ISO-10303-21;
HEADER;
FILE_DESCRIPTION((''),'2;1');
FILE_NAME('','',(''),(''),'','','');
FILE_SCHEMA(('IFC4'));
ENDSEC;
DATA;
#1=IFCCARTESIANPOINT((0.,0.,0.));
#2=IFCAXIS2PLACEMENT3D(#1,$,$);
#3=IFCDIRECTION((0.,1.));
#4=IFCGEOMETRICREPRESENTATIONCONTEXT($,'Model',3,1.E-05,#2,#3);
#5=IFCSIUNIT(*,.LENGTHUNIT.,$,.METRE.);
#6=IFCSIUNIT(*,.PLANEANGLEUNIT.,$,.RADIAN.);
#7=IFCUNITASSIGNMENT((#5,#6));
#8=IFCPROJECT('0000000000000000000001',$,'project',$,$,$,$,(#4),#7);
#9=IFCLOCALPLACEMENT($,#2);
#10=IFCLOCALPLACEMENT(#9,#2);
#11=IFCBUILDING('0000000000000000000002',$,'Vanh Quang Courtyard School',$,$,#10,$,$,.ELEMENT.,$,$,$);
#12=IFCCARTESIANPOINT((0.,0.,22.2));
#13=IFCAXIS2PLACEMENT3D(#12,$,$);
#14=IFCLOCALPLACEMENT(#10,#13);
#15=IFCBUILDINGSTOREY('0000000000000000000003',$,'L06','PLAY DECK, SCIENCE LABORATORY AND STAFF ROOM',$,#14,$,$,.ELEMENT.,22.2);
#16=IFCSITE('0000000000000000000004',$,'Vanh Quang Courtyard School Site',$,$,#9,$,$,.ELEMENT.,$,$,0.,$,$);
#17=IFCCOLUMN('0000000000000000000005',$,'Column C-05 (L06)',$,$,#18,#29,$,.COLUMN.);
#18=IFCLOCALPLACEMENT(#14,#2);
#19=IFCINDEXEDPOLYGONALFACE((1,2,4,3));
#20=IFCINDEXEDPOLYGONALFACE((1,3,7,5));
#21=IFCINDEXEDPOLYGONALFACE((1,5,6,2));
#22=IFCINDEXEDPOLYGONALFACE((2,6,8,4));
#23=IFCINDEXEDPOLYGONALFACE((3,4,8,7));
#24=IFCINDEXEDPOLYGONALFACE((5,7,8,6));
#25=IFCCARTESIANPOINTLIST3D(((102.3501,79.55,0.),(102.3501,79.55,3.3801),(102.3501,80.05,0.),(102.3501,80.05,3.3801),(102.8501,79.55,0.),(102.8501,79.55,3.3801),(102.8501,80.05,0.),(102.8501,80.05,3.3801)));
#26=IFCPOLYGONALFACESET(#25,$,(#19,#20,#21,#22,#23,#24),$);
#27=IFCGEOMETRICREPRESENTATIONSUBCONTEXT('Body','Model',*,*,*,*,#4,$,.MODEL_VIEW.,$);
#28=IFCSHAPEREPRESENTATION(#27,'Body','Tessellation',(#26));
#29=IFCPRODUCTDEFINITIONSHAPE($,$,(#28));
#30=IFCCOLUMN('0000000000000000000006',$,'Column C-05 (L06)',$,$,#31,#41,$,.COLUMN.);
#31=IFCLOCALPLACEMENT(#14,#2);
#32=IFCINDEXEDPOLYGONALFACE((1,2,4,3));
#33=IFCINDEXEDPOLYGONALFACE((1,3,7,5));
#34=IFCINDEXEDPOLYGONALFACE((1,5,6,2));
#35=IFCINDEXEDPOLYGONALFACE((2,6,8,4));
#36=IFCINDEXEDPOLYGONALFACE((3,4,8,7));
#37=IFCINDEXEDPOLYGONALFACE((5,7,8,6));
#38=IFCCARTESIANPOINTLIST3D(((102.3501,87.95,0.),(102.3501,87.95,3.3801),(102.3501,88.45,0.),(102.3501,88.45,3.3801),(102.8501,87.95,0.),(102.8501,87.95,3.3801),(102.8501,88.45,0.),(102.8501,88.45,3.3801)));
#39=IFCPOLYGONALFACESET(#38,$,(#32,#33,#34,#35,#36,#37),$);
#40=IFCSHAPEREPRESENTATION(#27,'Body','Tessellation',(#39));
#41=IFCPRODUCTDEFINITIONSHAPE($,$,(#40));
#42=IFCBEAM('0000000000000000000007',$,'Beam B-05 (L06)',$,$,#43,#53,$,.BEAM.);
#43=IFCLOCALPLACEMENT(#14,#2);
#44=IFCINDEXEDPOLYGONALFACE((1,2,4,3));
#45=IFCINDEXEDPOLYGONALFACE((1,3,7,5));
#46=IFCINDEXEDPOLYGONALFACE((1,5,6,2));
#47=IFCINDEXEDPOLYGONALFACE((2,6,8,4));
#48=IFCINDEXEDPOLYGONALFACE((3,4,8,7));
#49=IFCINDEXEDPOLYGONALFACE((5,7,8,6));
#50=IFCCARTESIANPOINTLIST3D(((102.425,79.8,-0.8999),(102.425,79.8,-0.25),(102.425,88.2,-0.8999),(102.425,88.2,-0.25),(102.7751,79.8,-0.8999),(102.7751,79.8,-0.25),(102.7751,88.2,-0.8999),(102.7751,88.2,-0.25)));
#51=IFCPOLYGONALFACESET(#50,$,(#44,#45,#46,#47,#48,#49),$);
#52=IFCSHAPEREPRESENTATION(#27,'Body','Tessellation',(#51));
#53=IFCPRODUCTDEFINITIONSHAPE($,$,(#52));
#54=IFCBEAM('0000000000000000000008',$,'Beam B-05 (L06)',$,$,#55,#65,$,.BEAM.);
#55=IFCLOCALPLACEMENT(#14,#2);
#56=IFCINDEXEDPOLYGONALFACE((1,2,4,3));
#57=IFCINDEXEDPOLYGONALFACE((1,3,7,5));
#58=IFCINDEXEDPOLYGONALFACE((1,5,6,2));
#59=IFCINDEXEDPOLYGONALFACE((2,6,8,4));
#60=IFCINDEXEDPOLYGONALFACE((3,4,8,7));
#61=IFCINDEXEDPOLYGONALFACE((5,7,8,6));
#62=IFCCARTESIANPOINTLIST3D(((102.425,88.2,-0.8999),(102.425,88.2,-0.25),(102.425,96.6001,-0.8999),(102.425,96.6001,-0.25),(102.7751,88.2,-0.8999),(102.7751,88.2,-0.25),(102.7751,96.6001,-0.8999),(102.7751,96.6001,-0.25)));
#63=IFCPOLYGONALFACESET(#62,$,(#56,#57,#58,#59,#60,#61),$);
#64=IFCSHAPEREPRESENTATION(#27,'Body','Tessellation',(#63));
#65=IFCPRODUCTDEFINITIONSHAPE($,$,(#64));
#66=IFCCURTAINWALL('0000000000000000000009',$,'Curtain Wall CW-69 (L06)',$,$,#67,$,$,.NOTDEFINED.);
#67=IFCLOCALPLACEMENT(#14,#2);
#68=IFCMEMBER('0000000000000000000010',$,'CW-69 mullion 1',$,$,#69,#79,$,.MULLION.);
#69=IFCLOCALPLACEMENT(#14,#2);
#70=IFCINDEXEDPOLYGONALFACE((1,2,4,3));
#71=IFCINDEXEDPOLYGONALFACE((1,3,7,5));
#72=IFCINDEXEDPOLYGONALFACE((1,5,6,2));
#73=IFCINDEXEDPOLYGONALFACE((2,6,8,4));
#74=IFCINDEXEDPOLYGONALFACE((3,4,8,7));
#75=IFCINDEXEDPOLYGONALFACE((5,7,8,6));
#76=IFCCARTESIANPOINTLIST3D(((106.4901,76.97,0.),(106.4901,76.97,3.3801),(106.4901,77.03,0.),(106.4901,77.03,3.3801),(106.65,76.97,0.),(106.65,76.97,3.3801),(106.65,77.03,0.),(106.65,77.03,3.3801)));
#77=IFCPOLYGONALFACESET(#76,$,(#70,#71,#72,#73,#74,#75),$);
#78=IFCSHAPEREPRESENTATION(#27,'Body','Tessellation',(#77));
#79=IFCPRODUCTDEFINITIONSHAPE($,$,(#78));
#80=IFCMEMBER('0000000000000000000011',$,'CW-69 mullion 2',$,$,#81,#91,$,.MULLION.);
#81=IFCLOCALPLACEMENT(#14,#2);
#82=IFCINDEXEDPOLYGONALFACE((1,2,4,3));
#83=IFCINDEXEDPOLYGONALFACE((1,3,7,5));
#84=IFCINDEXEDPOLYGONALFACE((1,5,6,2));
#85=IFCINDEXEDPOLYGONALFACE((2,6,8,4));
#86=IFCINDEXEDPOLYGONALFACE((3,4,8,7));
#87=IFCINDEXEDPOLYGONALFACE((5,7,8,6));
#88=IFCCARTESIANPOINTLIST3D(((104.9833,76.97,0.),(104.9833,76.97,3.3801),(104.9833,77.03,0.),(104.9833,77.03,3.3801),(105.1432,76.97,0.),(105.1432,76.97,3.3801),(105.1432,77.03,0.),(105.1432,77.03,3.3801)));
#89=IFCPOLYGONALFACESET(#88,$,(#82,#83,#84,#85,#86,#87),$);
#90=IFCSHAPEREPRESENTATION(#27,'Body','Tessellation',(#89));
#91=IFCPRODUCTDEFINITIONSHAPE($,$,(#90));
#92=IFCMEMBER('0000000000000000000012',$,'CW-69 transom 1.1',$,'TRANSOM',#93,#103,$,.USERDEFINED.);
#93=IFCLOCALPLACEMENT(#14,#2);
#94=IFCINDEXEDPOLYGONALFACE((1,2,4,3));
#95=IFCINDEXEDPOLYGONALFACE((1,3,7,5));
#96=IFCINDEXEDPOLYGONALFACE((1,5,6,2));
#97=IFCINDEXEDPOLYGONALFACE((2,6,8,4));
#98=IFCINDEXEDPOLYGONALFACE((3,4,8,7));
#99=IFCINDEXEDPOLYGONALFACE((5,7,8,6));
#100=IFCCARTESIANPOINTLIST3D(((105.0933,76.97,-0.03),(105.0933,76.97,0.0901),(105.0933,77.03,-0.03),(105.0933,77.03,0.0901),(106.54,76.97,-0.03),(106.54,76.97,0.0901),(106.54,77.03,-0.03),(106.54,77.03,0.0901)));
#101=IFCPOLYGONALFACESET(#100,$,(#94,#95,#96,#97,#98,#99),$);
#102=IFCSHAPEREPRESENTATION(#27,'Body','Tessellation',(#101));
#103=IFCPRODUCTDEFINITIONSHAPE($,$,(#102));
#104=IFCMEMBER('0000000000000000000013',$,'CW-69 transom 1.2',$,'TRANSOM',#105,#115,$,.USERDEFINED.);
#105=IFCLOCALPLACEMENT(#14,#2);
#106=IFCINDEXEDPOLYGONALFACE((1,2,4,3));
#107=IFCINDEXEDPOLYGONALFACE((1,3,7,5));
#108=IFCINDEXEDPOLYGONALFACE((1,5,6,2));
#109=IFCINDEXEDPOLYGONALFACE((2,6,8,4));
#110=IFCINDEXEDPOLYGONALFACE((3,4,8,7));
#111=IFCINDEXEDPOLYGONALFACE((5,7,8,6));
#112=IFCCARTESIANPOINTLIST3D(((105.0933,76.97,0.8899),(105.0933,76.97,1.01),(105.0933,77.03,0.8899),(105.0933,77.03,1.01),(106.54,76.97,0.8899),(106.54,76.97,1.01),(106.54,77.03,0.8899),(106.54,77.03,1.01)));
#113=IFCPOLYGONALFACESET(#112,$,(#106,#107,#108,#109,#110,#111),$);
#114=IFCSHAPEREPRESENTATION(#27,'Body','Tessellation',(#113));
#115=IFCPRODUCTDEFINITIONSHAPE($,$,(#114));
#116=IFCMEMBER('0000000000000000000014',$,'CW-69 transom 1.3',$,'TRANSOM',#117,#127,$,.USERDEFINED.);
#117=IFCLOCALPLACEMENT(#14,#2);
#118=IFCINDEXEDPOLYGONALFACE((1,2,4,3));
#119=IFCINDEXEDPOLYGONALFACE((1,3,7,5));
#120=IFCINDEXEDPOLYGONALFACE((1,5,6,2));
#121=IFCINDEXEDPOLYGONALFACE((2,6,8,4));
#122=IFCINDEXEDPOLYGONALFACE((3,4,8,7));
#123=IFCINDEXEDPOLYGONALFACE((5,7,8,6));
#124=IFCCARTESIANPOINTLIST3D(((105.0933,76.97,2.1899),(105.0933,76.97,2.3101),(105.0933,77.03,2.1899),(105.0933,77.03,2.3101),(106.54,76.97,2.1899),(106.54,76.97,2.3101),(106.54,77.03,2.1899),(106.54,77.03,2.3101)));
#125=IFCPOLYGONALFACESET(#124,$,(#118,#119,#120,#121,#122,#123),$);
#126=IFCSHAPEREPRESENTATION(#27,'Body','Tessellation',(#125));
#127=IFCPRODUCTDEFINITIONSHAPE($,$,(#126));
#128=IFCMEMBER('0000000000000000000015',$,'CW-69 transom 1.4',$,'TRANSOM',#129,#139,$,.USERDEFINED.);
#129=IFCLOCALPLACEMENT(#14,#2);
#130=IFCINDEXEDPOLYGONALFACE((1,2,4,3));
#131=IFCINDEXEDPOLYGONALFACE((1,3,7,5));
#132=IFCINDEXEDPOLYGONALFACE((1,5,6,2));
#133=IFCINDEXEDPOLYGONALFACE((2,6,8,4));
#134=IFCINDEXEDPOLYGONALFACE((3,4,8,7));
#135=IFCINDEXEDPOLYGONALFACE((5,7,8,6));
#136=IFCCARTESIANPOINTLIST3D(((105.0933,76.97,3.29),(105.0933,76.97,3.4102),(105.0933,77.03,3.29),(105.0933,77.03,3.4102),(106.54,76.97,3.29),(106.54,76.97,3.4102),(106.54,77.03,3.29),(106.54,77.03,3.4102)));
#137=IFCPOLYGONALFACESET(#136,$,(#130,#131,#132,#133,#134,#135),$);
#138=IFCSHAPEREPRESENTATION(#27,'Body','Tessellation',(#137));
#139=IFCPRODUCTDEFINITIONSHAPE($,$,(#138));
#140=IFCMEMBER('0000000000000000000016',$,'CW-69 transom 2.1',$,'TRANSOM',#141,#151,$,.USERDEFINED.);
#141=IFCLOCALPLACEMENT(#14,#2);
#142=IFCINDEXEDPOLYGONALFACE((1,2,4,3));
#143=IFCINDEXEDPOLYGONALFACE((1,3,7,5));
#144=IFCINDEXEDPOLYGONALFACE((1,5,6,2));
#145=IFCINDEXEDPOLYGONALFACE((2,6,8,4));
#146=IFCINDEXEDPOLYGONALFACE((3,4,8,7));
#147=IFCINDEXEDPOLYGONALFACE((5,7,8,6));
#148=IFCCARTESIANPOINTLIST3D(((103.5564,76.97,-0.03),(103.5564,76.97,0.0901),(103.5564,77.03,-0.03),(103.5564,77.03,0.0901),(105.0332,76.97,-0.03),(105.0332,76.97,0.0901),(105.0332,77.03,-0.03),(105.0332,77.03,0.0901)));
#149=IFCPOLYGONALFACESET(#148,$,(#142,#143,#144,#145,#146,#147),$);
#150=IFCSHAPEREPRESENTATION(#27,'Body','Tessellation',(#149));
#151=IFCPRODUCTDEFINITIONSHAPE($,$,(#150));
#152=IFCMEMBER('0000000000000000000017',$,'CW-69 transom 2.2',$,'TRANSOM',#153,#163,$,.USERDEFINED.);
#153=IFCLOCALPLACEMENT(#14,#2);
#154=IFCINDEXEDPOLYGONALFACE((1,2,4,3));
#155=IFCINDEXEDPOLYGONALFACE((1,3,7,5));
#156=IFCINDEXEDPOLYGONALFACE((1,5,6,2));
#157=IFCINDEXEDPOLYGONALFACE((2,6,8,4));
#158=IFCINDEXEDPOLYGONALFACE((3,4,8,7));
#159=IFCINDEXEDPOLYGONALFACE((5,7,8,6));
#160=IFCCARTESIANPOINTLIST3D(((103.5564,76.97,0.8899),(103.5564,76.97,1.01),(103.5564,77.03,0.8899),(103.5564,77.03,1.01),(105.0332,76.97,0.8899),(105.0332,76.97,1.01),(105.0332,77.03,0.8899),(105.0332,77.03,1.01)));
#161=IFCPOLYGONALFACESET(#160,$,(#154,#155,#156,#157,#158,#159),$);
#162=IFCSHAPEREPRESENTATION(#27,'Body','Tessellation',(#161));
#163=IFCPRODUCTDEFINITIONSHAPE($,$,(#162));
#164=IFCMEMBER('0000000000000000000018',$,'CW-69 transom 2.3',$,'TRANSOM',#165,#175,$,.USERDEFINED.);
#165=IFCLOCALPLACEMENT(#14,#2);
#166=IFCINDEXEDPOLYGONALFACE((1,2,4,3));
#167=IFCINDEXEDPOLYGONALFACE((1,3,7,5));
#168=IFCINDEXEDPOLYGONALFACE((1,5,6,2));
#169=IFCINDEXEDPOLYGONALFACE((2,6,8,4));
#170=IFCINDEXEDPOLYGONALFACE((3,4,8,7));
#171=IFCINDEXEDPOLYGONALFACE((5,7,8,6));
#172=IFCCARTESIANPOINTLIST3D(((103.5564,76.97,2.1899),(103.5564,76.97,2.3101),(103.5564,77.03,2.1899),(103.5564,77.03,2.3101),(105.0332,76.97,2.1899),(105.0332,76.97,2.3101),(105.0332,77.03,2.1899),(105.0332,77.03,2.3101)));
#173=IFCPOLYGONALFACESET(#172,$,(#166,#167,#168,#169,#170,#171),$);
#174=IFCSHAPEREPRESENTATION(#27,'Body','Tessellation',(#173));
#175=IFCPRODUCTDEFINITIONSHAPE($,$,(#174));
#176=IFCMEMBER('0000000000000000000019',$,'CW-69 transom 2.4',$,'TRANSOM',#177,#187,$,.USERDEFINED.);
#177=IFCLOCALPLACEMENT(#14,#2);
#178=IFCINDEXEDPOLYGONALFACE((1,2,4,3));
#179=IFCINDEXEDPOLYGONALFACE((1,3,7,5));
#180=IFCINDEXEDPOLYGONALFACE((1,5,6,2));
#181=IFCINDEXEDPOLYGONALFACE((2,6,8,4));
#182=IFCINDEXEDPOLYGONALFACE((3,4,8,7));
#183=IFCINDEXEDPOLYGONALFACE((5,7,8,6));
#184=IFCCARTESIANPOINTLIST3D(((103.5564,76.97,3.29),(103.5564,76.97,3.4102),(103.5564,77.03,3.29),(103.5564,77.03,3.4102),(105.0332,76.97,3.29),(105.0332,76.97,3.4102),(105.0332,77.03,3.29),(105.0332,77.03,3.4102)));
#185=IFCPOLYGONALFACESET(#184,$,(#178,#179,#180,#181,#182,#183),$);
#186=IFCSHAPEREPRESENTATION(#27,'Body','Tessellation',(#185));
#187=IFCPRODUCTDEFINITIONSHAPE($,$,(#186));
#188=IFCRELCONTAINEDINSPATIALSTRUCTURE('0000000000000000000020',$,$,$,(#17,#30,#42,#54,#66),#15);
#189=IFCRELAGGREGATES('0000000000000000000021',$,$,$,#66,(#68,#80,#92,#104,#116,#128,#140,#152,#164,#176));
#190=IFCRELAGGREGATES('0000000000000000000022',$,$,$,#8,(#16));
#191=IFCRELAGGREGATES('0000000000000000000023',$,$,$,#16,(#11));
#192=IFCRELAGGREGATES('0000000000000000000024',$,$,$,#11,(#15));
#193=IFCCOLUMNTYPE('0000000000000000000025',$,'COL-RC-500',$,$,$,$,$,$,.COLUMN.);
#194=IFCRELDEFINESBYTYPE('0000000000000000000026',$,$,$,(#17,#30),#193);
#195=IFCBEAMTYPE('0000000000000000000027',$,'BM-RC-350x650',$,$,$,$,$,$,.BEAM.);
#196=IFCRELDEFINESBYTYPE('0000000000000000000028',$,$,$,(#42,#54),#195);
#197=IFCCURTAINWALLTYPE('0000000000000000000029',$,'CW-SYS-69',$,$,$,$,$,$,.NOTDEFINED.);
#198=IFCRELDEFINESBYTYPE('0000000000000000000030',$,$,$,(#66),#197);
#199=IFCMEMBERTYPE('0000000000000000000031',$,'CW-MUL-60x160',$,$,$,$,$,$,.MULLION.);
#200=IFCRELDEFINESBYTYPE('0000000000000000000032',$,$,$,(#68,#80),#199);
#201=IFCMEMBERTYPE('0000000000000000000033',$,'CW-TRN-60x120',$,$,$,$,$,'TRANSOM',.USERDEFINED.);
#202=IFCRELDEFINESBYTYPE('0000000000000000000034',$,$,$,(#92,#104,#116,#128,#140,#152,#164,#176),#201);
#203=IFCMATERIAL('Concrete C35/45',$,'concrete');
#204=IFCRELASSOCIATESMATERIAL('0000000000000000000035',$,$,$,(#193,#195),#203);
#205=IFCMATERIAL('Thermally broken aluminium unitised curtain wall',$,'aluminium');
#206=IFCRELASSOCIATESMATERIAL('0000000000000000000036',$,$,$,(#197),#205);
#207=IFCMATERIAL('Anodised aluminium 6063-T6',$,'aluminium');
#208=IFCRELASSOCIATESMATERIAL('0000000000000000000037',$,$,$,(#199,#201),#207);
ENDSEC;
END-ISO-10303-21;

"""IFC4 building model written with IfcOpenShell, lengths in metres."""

from ifc_helpers import new_model, si_unit, direction, frame, origin, origin_2d, place, context, subcontext, project, spatial, rectangle, extrude, material, material_profile, profile_set, type_object, element, aggregate, save


model = new_model("IFC4")

# Units and contexts
model_context = context("Model", 3, precision=1e-05, world=origin(), true_north=direction((0.0, 1.0)))
body_context = subcontext(model_context, "Body", "Model", "MODEL_VIEW")
ifc_project = project(units=[si_unit("LENGTHUNIT", "METRE"), si_unit("PLANEANGLEUNIT", "RADIAN")], contexts=[model_context])

# Site, building, storey
site_placement = place(None, origin())
site = spatial("IfcSite", under=ifc_project, at=site_placement, Name="Vanh Quang Courtyard School Site", CompositionType="ELEMENT", RefElevation=0.0)
building_placement = place(site_placement, origin())
building = spatial("IfcBuilding", under=site, at=building_placement, Name="Vanh Quang Courtyard School", CompositionType="ELEMENT")
storey_placement = place(building_placement, frame((0.0, 0.0, 22.2)))
storey = spatial("IfcBuildingStorey", under=building, at=storey_placement, Name="L06", Description="PLAY DECK, SCIENCE LABORATORY AND STAFF ROOM", CompositionType="ELEMENT", Elevation=22.2)

# Columns
ifc_material_1 = material(Name="Concrete C35/45", Category="concrete")
ifc_material_profile_1 = material_profile(ifc_material_1, rectangle(XDim=0.5, YDim=0.5, at=origin_2d()), Name="RC-COL 500x500")
ifc_profile_set_1 = profile_set([ifc_material_profile_1], Name="Concrete C35/45")
column_type = type_object("IfcColumnType", Name="COL-RC-500", PredefinedType="COLUMN", material=ifc_profile_set_1)
for number, where, z_axis, x_axis, name in (
    (1, (102.6001, 79.8, 0.0), (0.0, 0.0, 1.0), (1.0, 0.0, 0.0), "Column C-05 (L06)"),
    (2, (102.6001, 88.2, 0.0), (0.0, 0.0, 1.0), (1.0, 0.0, 0.0), "Column C-05 (L06)"),
):
    element("IfcColumn", number, at=place(storey_placement, frame(where, z_axis=z_axis, x_axis=x_axis)), inside=storey, type_object=column_type, Name=name, PredefinedType="COLUMN", context=body_context, shape_type="SweptSolid", body=[
        extrude(rectangle(XDim=0.5, YDim=0.5, at=origin_2d()), origin(), (0.0, 0.0, 1.0), 3.3801),
    ])

# Beams
ifc_material_profile_2 = material_profile(ifc_material_1, rectangle(XDim=0.3501, YDim=0.6499, at=origin_2d()), Name="RC-BM 350x650")
ifc_profile_set_2 = profile_set([ifc_material_profile_2], Name="Concrete C35/45")
beam_type = type_object("IfcBeamType", Name="BM-RC-350x650", PredefinedType="BEAM", material=ifc_profile_set_2)
beam_1_placement = place(storey_placement, frame((102.6001, 79.8, -0.575), z_axis=(0.0, 1.0, 0.0), x_axis=(-1.0, 0.0, 0.0)))
element("IfcBeam", 3, at=beam_1_placement, inside=storey, type_object=beam_type, Name="Beam B-05 (L06)", PredefinedType="BEAM", context=body_context, shape_type="SweptSolid", body=[
    extrude(rectangle(XDim=0.3501, YDim=0.6499, at=origin_2d()), origin(), (0.0, 0.0, 1.0), 8.3999),
])
beam_2_placement = place(storey_placement, frame((102.6001, 88.2, -0.575), z_axis=(0.0, 1.0, 0.0), x_axis=(-1.0, 0.0, 0.0)))
element("IfcBeam", 4, at=beam_2_placement, inside=storey, type_object=beam_type, Name="Beam B-05 (L06)", PredefinedType="BEAM", context=body_context, shape_type="SweptSolid", body=[
    extrude(rectangle(XDim=0.3501, YDim=0.6499, at=origin_2d()), origin(), (0.0, 0.0, 1.0), 8.4001),
])

# Curtain wall, members
ifc_material_2 = material(Name="Thermally broken aluminium unitised curtain wall", Category="aluminium")
curtain_wall_type = type_object("IfcCurtainWallType", Name="CW-SYS-69", PredefinedType="NOTDEFINED", material=ifc_material_2)
curtain_wall_placement = place(storey_placement, origin())
curtain_wall = element("IfcCurtainWall", 5, at=curtain_wall_placement, inside=storey, type_object=curtain_wall_type, Name="Curtain Wall CW-69 (L06)", PredefinedType="NOTDEFINED")
ifc_material_3 = material(Name="Anodised aluminium 6063-T6", Category="aluminium")
ifc_material_profile_3 = material_profile(ifc_material_3, rectangle(XDim=0.0601, YDim=0.1599, at=origin_2d()), Name="ALU-MUL 60x160")
ifc_profile_set_3 = profile_set([ifc_material_profile_3], Name="Anodised aluminium 6063-T6")
member_type_1 = type_object("IfcMemberType", Name="CW-MUL-60x160", PredefinedType="MULLION", material=ifc_profile_set_3)
member_1_placement = place(storey_placement, frame((106.5701, 77.0, 0.0), z_axis=(0.0, 0.0, 1.0), x_axis=(0.0, -1.0, 0.0)))
member_1 = element("IfcMember", 6, at=member_1_placement, type_object=member_type_1, Name="CW-69 mullion 1", PredefinedType="MULLION", context=body_context, shape_type="SweptSolid", body=[
    extrude(rectangle(XDim=0.0601, YDim=0.1599, at=origin_2d()), origin(), (0.0, 0.0, 1.0), 3.3801),
])
member_2_placement = place(storey_placement, frame((105.0632, 77.0, 0.0), z_axis=(0.0, 0.0, 1.0), x_axis=(0.0, -1.0, 0.0)))
member_2 = element("IfcMember", 7, at=member_2_placement, type_object=member_type_1, Name="CW-69 mullion 2", PredefinedType="MULLION", context=body_context, shape_type="SweptSolid", body=[
    extrude(rectangle(XDim=0.0601, YDim=0.1599, at=origin_2d()), origin(), (0.0, 0.0, 1.0), 3.3801),
])
ifc_material_profile_4 = material_profile(ifc_material_3, rectangle(XDim=0.0601, YDim=0.1201, at=origin_2d()), Name="ALU-TRN 60x120")
ifc_profile_set_4 = profile_set([ifc_material_profile_4], Name="Anodised aluminium 6063-T6")
member_type_2 = type_object("IfcMemberType", Name="CW-TRN-60x120", ElementType="TRANSOM", PredefinedType="USERDEFINED", material=ifc_profile_set_4)
member_3_placement = place(storey_placement, frame((106.54, 77.0, 0.03), z_axis=(-1.0, 0.0, 0.0), x_axis=(0.0, -1.0, 0.0)))
member_3 = element("IfcMember", 8, at=member_3_placement, type_object=member_type_2, Name="CW-69 transom 1.1", ObjectType="TRANSOM", PredefinedType="USERDEFINED", context=body_context, shape_type="SweptSolid", body=[
    extrude(rectangle(XDim=0.0601, YDim=0.1201, at=origin_2d()), origin(), (0.0, 0.0, 1.0), 1.4468),
])
member_4_placement = place(storey_placement, frame((106.54, 77.0, 0.95), z_axis=(-1.0, 0.0, 0.0), x_axis=(0.0, -1.0, 0.0)))
member_4 = element("IfcMember", 9, at=member_4_placement, type_object=member_type_2, Name="CW-69 transom 1.2", ObjectType="TRANSOM", PredefinedType="USERDEFINED", context=body_context, shape_type="SweptSolid", body=[
    extrude(rectangle(XDim=0.0601, YDim=0.1201, at=origin_2d()), origin(), (0.0, 0.0, 1.0), 1.4468),
])
member_5_placement = place(storey_placement, frame((106.54, 77.0, 2.25), z_axis=(-1.0, 0.0, 0.0), x_axis=(0.0, -1.0, 0.0)))
member_5 = element("IfcMember", 10, at=member_5_placement, type_object=member_type_2, Name="CW-69 transom 1.3", ObjectType="TRANSOM", PredefinedType="USERDEFINED", context=body_context, shape_type="SweptSolid", body=[
    extrude(rectangle(XDim=0.0601, YDim=0.1201, at=origin_2d()), origin(), (0.0, 0.0, 1.0), 1.4468),
])
member_6_placement = place(storey_placement, frame((106.54, 77.0, 3.3501), z_axis=(-1.0, 0.0, 0.0), x_axis=(0.0, -1.0, 0.0)))
member_6 = element("IfcMember", 11, at=member_6_placement, type_object=member_type_2, Name="CW-69 transom 1.4", ObjectType="TRANSOM", PredefinedType="USERDEFINED", context=body_context, shape_type="SweptSolid", body=[
    extrude(rectangle(XDim=0.0601, YDim=0.1201, at=origin_2d()), origin(), (0.0, 0.0, 1.0), 1.4468),
])
member_7_placement = place(storey_placement, frame((105.0332, 77.0, 0.03), z_axis=(-1.0, 0.0, 0.0), x_axis=(0.0, -1.0, 0.0)))
member_7 = element("IfcMember", 12, at=member_7_placement, type_object=member_type_2, Name="CW-69 transom 2.1", ObjectType="TRANSOM", PredefinedType="USERDEFINED", context=body_context, shape_type="SweptSolid", body=[
    extrude(rectangle(XDim=0.0601, YDim=0.1201, at=origin_2d()), origin(), (0.0, 0.0, 1.0), 1.4768),
])
member_8_placement = place(storey_placement, frame((105.0332, 77.0, 0.95), z_axis=(-1.0, 0.0, 0.0), x_axis=(0.0, -1.0, 0.0)))
member_8 = element("IfcMember", 13, at=member_8_placement, type_object=member_type_2, Name="CW-69 transom 2.2", ObjectType="TRANSOM", PredefinedType="USERDEFINED", context=body_context, shape_type="SweptSolid", body=[
    extrude(rectangle(XDim=0.0601, YDim=0.1201, at=origin_2d()), origin(), (0.0, 0.0, 1.0), 1.4768),
])
member_9_placement = place(storey_placement, frame((105.0332, 77.0, 2.25), z_axis=(-1.0, 0.0, 0.0), x_axis=(0.0, -1.0, 0.0)))
member_9 = element("IfcMember", 14, at=member_9_placement, type_object=member_type_2, Name="CW-69 transom 2.3", ObjectType="TRANSOM", PredefinedType="USERDEFINED", context=body_context, shape_type="SweptSolid", body=[
    extrude(rectangle(XDim=0.0601, YDim=0.1201, at=origin_2d()), origin(), (0.0, 0.0, 1.0), 1.4768),
])
member_10_placement = place(storey_placement, frame((105.0332, 77.0, 3.3501), z_axis=(-1.0, 0.0, 0.0), x_axis=(0.0, -1.0, 0.0)))
member_10 = element("IfcMember", 15, at=member_10_placement, type_object=member_type_2, Name="CW-69 transom 2.4", ObjectType="TRANSOM", PredefinedType="USERDEFINED", context=body_context, shape_type="SweptSolid", body=[
    extrude(rectangle(XDim=0.0601, YDim=0.1201, at=origin_2d()), origin(), (0.0, 0.0, 1.0), 1.4768),
])
aggregate(curtain_wall, [member_1, member_2, member_3, member_4, member_5, member_6, member_7, member_8, member_9, member_10])

save(model, "model.ifc")
